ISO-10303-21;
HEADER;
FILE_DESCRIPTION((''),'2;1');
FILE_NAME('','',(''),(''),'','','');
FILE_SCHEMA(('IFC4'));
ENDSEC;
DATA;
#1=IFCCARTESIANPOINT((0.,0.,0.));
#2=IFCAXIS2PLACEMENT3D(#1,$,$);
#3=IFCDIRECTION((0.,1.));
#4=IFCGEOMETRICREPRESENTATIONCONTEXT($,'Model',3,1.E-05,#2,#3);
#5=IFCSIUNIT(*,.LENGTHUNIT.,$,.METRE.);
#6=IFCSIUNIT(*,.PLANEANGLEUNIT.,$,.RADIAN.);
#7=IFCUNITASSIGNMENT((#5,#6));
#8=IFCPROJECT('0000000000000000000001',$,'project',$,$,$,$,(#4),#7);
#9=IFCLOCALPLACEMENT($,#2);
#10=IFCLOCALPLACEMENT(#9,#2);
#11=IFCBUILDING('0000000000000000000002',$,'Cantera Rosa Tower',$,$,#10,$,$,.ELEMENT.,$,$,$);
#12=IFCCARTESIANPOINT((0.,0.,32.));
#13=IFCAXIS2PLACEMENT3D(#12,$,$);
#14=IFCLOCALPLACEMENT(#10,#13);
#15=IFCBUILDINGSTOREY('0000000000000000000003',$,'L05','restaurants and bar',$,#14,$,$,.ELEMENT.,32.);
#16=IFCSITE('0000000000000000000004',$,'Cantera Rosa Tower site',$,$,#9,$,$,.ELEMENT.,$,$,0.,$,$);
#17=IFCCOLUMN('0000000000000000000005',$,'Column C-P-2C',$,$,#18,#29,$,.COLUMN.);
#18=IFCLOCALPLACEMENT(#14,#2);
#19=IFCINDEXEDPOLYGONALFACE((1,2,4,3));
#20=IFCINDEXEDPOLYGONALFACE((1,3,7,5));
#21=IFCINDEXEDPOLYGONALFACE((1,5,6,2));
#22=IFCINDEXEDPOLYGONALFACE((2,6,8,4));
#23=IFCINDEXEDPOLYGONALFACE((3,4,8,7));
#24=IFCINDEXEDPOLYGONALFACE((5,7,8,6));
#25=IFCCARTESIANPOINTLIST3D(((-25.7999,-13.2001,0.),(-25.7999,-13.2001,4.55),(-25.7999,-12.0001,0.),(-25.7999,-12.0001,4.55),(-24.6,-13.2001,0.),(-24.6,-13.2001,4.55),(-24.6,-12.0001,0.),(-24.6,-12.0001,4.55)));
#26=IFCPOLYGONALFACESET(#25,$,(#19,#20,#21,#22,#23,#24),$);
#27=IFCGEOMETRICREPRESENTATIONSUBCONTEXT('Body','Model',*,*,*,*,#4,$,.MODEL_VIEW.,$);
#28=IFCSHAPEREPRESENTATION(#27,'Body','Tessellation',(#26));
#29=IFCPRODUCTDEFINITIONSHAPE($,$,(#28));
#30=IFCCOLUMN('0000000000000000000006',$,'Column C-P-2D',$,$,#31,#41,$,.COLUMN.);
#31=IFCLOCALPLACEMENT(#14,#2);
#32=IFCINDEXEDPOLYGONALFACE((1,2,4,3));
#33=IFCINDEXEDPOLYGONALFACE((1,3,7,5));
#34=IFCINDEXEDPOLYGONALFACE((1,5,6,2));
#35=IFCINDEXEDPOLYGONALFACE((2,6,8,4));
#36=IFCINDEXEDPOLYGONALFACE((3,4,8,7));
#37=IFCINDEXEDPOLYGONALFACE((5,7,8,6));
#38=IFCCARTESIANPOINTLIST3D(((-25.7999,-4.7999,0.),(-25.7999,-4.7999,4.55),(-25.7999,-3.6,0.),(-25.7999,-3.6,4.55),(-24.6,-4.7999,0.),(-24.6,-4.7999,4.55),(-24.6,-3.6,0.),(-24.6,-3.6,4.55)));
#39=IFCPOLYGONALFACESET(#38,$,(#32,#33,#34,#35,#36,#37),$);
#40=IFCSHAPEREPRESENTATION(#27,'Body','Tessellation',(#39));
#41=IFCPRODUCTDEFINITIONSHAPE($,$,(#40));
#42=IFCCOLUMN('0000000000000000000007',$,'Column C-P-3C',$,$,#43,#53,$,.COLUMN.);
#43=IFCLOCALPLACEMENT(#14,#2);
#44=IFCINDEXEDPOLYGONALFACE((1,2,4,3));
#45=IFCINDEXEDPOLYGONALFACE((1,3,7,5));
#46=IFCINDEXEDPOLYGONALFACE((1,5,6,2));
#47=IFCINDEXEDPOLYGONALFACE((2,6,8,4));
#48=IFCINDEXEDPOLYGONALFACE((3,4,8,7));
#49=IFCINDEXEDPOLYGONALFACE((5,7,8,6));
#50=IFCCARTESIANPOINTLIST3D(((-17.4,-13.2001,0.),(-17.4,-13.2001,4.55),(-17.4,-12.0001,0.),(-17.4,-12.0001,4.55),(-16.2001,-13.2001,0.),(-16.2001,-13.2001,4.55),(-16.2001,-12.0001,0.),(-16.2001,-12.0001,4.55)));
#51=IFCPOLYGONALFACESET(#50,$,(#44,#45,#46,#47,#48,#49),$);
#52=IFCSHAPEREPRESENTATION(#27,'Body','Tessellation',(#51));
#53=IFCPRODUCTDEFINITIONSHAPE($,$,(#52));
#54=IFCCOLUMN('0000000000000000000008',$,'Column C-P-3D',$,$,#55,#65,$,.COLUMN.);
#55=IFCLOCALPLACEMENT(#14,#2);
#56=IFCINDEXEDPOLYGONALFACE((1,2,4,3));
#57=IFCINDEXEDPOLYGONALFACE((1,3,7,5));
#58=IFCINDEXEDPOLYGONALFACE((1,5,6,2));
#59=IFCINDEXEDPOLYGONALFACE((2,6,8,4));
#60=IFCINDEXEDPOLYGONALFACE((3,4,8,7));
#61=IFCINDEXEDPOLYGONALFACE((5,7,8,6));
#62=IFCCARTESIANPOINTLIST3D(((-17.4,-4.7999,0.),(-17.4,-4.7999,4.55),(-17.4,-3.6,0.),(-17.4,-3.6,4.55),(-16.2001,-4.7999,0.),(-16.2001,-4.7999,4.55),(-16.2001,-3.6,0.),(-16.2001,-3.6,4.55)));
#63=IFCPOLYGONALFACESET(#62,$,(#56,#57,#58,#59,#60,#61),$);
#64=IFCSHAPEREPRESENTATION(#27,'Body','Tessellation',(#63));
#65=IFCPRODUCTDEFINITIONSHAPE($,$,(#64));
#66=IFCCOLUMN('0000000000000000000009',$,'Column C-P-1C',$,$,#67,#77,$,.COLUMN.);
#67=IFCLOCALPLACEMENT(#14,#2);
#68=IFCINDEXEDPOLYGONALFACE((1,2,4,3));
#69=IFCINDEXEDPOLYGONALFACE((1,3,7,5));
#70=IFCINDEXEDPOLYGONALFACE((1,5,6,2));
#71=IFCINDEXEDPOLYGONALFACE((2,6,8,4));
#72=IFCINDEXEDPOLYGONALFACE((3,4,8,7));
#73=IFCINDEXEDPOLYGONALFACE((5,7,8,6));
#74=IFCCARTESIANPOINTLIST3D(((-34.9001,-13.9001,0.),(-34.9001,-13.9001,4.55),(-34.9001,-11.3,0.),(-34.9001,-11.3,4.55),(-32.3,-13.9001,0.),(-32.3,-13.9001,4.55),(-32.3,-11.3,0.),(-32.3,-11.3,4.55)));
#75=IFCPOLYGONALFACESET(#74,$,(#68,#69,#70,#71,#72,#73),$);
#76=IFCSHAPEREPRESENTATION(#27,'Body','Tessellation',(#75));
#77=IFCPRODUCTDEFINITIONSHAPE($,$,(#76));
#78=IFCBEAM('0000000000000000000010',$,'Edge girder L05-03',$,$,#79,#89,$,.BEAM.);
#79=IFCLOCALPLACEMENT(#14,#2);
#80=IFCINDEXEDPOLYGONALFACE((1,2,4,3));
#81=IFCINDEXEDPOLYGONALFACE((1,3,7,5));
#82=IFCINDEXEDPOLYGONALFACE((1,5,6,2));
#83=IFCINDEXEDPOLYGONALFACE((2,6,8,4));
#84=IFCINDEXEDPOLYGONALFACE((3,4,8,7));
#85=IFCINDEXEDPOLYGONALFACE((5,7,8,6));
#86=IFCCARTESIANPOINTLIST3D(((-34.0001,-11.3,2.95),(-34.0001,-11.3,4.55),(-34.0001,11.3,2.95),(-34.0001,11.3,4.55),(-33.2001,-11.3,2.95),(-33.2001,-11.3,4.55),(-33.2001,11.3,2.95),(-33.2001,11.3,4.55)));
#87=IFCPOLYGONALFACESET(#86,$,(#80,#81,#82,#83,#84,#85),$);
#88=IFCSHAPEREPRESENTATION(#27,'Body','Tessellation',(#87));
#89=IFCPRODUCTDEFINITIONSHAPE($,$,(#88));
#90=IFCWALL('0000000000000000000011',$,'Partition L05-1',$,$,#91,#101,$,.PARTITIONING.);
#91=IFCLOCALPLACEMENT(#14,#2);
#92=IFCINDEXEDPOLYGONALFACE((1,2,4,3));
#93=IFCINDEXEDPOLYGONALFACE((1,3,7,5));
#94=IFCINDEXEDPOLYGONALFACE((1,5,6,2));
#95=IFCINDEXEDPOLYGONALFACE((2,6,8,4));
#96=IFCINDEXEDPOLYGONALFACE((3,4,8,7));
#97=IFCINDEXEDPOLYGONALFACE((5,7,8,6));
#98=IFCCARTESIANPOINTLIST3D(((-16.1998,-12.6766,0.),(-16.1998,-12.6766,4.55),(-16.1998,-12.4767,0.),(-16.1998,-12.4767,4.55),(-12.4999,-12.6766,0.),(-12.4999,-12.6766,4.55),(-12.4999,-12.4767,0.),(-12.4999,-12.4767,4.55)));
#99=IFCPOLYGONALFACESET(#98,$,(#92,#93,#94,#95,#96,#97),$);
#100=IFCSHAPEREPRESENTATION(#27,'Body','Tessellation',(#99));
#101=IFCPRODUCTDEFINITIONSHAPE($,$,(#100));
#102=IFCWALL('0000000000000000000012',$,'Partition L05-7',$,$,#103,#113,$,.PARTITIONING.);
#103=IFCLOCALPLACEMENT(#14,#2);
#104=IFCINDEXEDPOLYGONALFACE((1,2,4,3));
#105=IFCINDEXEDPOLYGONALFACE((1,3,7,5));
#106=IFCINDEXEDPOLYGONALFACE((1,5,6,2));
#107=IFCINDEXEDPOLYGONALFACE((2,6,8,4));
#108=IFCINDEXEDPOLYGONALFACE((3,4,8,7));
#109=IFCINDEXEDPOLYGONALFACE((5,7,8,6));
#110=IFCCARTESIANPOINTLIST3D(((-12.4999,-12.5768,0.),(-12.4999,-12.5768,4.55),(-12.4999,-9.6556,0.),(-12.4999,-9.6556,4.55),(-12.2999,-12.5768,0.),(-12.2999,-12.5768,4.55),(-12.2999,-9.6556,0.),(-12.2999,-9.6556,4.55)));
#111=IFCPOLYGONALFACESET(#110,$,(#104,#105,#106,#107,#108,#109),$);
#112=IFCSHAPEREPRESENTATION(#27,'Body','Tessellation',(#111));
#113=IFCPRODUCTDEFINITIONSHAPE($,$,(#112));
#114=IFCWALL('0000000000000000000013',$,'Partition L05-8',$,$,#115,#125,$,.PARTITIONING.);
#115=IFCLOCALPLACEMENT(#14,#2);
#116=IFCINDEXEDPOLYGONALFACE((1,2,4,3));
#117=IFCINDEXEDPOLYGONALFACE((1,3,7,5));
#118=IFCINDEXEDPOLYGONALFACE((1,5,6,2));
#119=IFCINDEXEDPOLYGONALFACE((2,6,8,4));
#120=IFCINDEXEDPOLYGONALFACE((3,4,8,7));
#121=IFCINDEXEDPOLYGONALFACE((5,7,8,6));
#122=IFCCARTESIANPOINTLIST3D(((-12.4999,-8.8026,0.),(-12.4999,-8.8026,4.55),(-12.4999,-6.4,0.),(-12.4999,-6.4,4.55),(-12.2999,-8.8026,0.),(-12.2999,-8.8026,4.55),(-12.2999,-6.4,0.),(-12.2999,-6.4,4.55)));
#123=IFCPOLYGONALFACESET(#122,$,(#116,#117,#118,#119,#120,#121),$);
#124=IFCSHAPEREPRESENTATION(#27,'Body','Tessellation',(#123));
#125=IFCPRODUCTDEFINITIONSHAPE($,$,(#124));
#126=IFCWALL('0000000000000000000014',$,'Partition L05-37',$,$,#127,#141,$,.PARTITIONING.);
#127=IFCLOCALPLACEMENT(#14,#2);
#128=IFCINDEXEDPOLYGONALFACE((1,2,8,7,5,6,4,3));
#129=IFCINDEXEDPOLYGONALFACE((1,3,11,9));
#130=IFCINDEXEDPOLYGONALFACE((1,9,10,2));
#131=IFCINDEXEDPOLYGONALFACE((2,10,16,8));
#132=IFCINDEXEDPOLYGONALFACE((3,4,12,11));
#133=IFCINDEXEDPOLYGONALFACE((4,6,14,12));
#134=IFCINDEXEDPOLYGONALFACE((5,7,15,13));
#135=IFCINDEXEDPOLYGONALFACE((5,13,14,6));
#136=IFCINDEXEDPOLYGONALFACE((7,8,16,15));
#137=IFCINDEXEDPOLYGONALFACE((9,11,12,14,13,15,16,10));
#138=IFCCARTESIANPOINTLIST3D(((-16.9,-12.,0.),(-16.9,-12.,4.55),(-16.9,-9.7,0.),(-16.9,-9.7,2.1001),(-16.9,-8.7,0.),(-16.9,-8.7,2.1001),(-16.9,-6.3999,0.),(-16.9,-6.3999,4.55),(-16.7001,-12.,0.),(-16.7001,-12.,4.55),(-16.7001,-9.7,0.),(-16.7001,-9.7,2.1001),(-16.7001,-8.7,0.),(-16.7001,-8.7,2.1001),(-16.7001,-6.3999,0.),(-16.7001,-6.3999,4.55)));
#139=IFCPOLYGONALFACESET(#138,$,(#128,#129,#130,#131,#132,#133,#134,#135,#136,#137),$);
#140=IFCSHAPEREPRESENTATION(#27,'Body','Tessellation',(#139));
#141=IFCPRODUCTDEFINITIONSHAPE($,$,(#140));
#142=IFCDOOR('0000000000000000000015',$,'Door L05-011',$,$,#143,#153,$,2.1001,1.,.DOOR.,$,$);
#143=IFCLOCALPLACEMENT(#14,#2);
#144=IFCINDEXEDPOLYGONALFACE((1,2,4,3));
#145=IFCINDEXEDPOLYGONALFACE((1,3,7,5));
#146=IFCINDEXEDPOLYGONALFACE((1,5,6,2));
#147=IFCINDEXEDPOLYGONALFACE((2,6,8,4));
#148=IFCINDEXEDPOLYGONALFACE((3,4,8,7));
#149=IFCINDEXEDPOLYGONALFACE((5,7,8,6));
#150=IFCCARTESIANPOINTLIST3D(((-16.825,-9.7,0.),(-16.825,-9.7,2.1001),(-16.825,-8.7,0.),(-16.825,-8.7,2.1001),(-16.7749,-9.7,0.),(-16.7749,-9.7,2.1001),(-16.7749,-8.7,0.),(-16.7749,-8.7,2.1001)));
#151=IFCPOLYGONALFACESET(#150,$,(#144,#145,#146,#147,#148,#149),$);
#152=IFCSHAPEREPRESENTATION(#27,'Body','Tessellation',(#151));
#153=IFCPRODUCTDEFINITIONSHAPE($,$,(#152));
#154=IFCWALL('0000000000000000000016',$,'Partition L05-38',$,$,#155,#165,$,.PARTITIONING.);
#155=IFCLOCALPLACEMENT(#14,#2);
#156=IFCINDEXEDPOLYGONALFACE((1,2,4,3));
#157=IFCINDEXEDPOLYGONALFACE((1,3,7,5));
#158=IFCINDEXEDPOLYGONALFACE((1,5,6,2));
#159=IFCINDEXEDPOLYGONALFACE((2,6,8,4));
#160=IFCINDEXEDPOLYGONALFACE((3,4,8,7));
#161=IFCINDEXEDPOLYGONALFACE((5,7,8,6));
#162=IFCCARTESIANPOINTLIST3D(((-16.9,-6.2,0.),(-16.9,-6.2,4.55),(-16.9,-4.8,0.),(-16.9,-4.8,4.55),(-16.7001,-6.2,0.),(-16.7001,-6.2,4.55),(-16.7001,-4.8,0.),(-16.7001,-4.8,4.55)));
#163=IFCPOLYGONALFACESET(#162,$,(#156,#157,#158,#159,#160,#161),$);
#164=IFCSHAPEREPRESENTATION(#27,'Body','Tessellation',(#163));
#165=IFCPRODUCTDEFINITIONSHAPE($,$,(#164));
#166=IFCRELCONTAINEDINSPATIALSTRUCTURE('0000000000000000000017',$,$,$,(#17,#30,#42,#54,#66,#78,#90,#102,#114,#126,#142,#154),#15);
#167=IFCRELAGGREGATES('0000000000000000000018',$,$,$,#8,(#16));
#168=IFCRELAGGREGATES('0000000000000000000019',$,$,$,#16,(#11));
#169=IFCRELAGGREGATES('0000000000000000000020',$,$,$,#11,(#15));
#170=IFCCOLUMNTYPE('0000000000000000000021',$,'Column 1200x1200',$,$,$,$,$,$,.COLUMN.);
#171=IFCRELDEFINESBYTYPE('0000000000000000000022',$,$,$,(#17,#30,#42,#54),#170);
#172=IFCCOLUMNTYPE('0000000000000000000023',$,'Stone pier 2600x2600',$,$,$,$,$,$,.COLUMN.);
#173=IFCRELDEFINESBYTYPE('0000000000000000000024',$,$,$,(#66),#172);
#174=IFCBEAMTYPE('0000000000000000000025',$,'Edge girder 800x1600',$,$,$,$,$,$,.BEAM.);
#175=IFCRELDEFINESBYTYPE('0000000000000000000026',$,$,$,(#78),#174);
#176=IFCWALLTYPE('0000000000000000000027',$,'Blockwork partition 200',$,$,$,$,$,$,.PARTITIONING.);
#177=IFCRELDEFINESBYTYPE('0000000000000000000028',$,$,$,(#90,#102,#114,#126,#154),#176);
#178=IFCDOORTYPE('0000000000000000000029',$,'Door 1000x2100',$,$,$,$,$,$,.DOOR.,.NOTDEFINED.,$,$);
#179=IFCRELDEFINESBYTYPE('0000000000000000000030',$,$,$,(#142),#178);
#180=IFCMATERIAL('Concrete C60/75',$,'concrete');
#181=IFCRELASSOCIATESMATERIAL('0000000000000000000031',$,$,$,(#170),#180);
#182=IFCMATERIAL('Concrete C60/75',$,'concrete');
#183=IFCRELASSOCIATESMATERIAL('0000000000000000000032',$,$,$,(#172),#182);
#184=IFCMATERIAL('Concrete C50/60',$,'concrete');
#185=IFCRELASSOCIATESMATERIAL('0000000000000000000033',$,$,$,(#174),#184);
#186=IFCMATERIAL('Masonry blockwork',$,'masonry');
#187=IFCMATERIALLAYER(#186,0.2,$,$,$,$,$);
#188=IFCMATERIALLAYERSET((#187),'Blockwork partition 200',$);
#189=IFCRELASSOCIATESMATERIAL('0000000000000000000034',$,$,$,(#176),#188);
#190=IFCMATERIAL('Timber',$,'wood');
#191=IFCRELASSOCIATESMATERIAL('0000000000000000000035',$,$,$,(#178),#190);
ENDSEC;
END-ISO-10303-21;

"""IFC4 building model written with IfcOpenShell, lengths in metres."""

from ifc_helpers import new_model, si_unit, direction, frame, frame_2d, origin, origin_2d, place, context, subcontext, project, spatial, rectangle, extrude, material, layer, layer_set, material_profile, profile_set, type_object, element, fill, save


model = new_model("IFC4")

# Units and contexts
model_context = context("Model", 3, precision=1e-05, world=origin(), true_north=direction((0.0, 1.0)))
body_context = subcontext(model_context, "Body", "Model", "MODEL_VIEW")
ifc_project = project(units=[si_unit("LENGTHUNIT", "METRE"), si_unit("PLANEANGLEUNIT", "RADIAN")], contexts=[model_context])

# Site, building, storey
site_placement = place(None, origin())
site = spatial("IfcSite", under=ifc_project, at=site_placement, Name="Cantera Rosa Tower site", CompositionType="ELEMENT", RefElevation=0.0)
building_placement = place(site_placement, origin())
building = spatial("IfcBuilding", under=site, at=building_placement, Name="Cantera Rosa Tower", CompositionType="ELEMENT")
storey_placement = place(building_placement, frame((0.0, 0.0, 32.0)))
storey = spatial("IfcBuildingStorey", under=building, at=storey_placement, Name="L05", Description="restaurants and bar", CompositionType="ELEMENT", Elevation=32.0)

# Columns
ifc_material_1 = material(Name="Concrete C60/75", Category="concrete")
ifc_material_profile_1 = material_profile(ifc_material_1, rectangle(XDim=1.2, YDim=1.2, at=origin_2d()), Name="Column 1200x1200")
ifc_profile_set_1 = profile_set([ifc_material_profile_1], Name="Concrete C60/75")
column_type_1 = type_object("IfcColumnType", Name="Column 1200x1200", PredefinedType="COLUMN", material=ifc_profile_set_1)
for number, where, z_axis, x_axis, name in (
    (1, (-25.2, -12.6001, 0.0), (0.0, 0.0, 1.0), (1.0, 0.0, 0.0), "Column C-P-2C"),
    (2, (-25.2, -4.2, 0.0), (0.0, 0.0, 1.0), (1.0, 0.0, 0.0), "Column C-P-2D"),
    (3, (-16.8, -12.6001, 0.0), (0.0, 0.0, 1.0), (1.0, 0.0, 0.0), "Column C-P-3C"),
    (4, (-16.8, -4.2, 0.0), (0.0, 0.0, 1.0), (1.0, 0.0, 0.0), "Column C-P-3D"),
):
    element("IfcColumn", number, at=place(storey_placement, frame(where, z_axis=z_axis, x_axis=x_axis)), inside=storey, type_object=column_type_1, Name=name, PredefinedType="COLUMN", context=body_context, shape_type="SweptSolid", body=[
        extrude(rectangle(XDim=1.2, YDim=1.2, at=origin_2d()), origin(), (0.0, 0.0, 1.0), 4.55),
    ])
ifc_material_2 = material(Name="Concrete C60/75", Category="concrete")
ifc_material_profile_2 = material_profile(ifc_material_2, rectangle(XDim=2.6001, YDim=2.6001, at=origin_2d()), Name="Stone pier 2600x2600")
ifc_profile_set_2 = profile_set([ifc_material_profile_2], Name="Concrete C60/75")
column_type_2 = type_object("IfcColumnType", Name="Stone pier 2600x2600", PredefinedType="COLUMN", material=ifc_profile_set_2)
column_placement = place(storey_placement, frame((-33.6001, -12.6001, 0.0), z_axis=(0.0, 0.0, 1.0), x_axis=(1.0, 0.0, 0.0)))
element("IfcColumn", 5, at=column_placement, inside=storey, type_object=column_type_2, Name="Column C-P-1C", PredefinedType="COLUMN", context=body_context, shape_type="SweptSolid", body=[
    extrude(rectangle(XDim=2.6001, YDim=2.6001, at=origin_2d()), origin(), (0.0, 0.0, 1.0), 4.55),
])

# Beam
ifc_material_3 = material(Name="Concrete C50/60", Category="concrete")
ifc_material_profile_3 = material_profile(ifc_material_3, rectangle(XDim=0.8, YDim=1.6001, at=origin_2d()), Name="Edge girder 800x1600")
ifc_profile_set_3 = profile_set([ifc_material_profile_3], Name="Concrete C50/60")
beam_type = type_object("IfcBeamType", Name="Edge girder 800x1600", PredefinedType="BEAM", material=ifc_profile_set_3)
beam_placement = place(storey_placement, frame((-33.6001, -11.3, 3.75), z_axis=(0.0, 1.0, 0.0), x_axis=(-1.0, 0.0, 0.0)))
element("IfcBeam", 6, at=beam_placement, inside=storey, type_object=beam_type, Name="Edge girder L05-03", PredefinedType="BEAM", context=body_context, shape_type="SweptSolid", body=[
    extrude(rectangle(XDim=0.8, YDim=1.6001, at=origin_2d()), origin(), (0.0, 0.0, 1.0), 22.6001),
])

# Walls
ifc_material_4 = material(Name="Masonry blockwork", Category="masonry")
ifc_layer_1 = layer(ifc_material_4, 0.2)
ifc_layer_set_1 = layer_set([ifc_layer_1], Name="Blockwork partition 200")
wall_type_1 = type_object("IfcWallType", Name="Blockwork partition 200", PredefinedType="PARTITIONING", material=ifc_layer_set_1)
wall_1_placement = place(storey_placement, frame((-16.2, -12.5767, 0.0), z_axis=(0.0, 0.0, 1.0), x_axis=(1.0, 0.0, 0.0)))
element("IfcWall", 7, at=wall_1_placement, inside=storey, type_object=wall_type_1, Name="Partition L05-1", PredefinedType="PARTITIONING", context=body_context, shape_type="SweptSolid", body=[
    extrude(rectangle(XDim=3.7, YDim=0.2, at=frame_2d((1.8501, 0.0))), origin(), (0.0, 0.0, 1.0), 4.55),
])
wall_2_placement = place(storey_placement, frame((-12.3999, -12.5767, 0.0), z_axis=(0.0, 0.0, 1.0), x_axis=(0.0, 1.0, 0.0)))
element("IfcWall", 8, at=wall_2_placement, inside=storey, type_object=wall_type_1, Name="Partition L05-7", PredefinedType="PARTITIONING", context=body_context, shape_type="SweptSolid", body=[
    extrude(rectangle(XDim=2.9211, YDim=0.2, at=frame_2d((1.4604, 0.0))), origin(), (0.0, 0.0, 1.0), 4.55),
])
wall_3_placement = place(storey_placement, frame((-12.3999, -8.8025, 0.0), z_axis=(0.0, 0.0, 1.0), x_axis=(0.0, 1.0, 0.0)))
element("IfcWall", 9, at=wall_3_placement, inside=storey, type_object=wall_type_1, Name="Partition L05-8", PredefinedType="PARTITIONING", context=body_context, shape_type="SweptSolid", body=[
    extrude(rectangle(XDim=2.4026, YDim=0.2, at=frame_2d((1.2012, 0.0))), origin(), (0.0, 0.0, 1.0), 4.55),
])

# Wall, opening, door
wall_4_placement = place(storey_placement, frame((-16.8, -12.0, 0.0), z_axis=(0.0, 0.0, 1.0), x_axis=(0.0, 1.0, 0.0)))
wall_4 = element("IfcWall", 10, at=wall_4_placement, inside=storey, type_object=wall_type_1, Name="Partition L05-37", PredefinedType="PARTITIONING", context=body_context, shape_type="SweptSolid", body=[
    extrude(rectangle(XDim=5.6001, YDim=0.2, at=frame_2d((2.8, 0.0))), origin(), (0.0, 0.0, 1.0), 4.55),
])
opening_1_placement = place(wall_4_placement, frame((2.3, 0.0, 0.0)))
opening_1 = element("IfcOpeningElement", 11, at=opening_1_placement, cuts=wall_4, PredefinedType="OPENING", context=body_context, shape_type="SweptSolid", body=[
    extrude(rectangle(XDim=1.0, YDim=2.1001, at=frame_2d((0.5, 1.05))), frame((0.0, 0.1099, 0.0), z_axis=(0.0, -1.0, 0.0), x_axis=(1.0, 0.0, 0.0)), (0.0, 0.0, 1.0), 0.22),
])
ifc_material_5 = material(Name="Timber", Category="wood")
door_type_1 = type_object("IfcDoorType", Name="Door 1000x2100", OperationType="NOTDEFINED", PredefinedType="DOOR", material=ifc_material_5)
door_1_placement = place(opening_1_placement, origin())
door_1 = element("IfcDoor", 12, at=door_1_placement, inside=storey, type_object=door_type_1, Name="Door L05-011", OverallHeight=2.1001, OverallWidth=1.0, PredefinedType="DOOR", context=body_context, shape_type="SweptSolid", body=[
    extrude(rectangle(XDim=1.0, YDim=2.1001, at=frame_2d((0.5, 1.05))), frame((0.0, 0.0249, 0.0), z_axis=(0.0, -1.0, 0.0), x_axis=(1.0, 0.0, 0.0)), (0.0, 0.0, 1.0), 0.05),
])
fill(opening_1, door_1)

# Wall
wall_5_placement = place(storey_placement, frame((-16.8, -6.2, 0.0), z_axis=(0.0, 0.0, 1.0), x_axis=(0.0, 1.0, 0.0)))
element("IfcWall", 13, at=wall_5_placement, inside=storey, type_object=wall_type_1, Name="Partition L05-38", PredefinedType="PARTITIONING", context=body_context, shape_type="SweptSolid", body=[
    extrude(rectangle(XDim=1.3999, YDim=0.2, at=frame_2d((0.7, 0.0))), origin(), (0.0, 0.0, 1.0), 4.55),
])

save(model, "model.ifc")
